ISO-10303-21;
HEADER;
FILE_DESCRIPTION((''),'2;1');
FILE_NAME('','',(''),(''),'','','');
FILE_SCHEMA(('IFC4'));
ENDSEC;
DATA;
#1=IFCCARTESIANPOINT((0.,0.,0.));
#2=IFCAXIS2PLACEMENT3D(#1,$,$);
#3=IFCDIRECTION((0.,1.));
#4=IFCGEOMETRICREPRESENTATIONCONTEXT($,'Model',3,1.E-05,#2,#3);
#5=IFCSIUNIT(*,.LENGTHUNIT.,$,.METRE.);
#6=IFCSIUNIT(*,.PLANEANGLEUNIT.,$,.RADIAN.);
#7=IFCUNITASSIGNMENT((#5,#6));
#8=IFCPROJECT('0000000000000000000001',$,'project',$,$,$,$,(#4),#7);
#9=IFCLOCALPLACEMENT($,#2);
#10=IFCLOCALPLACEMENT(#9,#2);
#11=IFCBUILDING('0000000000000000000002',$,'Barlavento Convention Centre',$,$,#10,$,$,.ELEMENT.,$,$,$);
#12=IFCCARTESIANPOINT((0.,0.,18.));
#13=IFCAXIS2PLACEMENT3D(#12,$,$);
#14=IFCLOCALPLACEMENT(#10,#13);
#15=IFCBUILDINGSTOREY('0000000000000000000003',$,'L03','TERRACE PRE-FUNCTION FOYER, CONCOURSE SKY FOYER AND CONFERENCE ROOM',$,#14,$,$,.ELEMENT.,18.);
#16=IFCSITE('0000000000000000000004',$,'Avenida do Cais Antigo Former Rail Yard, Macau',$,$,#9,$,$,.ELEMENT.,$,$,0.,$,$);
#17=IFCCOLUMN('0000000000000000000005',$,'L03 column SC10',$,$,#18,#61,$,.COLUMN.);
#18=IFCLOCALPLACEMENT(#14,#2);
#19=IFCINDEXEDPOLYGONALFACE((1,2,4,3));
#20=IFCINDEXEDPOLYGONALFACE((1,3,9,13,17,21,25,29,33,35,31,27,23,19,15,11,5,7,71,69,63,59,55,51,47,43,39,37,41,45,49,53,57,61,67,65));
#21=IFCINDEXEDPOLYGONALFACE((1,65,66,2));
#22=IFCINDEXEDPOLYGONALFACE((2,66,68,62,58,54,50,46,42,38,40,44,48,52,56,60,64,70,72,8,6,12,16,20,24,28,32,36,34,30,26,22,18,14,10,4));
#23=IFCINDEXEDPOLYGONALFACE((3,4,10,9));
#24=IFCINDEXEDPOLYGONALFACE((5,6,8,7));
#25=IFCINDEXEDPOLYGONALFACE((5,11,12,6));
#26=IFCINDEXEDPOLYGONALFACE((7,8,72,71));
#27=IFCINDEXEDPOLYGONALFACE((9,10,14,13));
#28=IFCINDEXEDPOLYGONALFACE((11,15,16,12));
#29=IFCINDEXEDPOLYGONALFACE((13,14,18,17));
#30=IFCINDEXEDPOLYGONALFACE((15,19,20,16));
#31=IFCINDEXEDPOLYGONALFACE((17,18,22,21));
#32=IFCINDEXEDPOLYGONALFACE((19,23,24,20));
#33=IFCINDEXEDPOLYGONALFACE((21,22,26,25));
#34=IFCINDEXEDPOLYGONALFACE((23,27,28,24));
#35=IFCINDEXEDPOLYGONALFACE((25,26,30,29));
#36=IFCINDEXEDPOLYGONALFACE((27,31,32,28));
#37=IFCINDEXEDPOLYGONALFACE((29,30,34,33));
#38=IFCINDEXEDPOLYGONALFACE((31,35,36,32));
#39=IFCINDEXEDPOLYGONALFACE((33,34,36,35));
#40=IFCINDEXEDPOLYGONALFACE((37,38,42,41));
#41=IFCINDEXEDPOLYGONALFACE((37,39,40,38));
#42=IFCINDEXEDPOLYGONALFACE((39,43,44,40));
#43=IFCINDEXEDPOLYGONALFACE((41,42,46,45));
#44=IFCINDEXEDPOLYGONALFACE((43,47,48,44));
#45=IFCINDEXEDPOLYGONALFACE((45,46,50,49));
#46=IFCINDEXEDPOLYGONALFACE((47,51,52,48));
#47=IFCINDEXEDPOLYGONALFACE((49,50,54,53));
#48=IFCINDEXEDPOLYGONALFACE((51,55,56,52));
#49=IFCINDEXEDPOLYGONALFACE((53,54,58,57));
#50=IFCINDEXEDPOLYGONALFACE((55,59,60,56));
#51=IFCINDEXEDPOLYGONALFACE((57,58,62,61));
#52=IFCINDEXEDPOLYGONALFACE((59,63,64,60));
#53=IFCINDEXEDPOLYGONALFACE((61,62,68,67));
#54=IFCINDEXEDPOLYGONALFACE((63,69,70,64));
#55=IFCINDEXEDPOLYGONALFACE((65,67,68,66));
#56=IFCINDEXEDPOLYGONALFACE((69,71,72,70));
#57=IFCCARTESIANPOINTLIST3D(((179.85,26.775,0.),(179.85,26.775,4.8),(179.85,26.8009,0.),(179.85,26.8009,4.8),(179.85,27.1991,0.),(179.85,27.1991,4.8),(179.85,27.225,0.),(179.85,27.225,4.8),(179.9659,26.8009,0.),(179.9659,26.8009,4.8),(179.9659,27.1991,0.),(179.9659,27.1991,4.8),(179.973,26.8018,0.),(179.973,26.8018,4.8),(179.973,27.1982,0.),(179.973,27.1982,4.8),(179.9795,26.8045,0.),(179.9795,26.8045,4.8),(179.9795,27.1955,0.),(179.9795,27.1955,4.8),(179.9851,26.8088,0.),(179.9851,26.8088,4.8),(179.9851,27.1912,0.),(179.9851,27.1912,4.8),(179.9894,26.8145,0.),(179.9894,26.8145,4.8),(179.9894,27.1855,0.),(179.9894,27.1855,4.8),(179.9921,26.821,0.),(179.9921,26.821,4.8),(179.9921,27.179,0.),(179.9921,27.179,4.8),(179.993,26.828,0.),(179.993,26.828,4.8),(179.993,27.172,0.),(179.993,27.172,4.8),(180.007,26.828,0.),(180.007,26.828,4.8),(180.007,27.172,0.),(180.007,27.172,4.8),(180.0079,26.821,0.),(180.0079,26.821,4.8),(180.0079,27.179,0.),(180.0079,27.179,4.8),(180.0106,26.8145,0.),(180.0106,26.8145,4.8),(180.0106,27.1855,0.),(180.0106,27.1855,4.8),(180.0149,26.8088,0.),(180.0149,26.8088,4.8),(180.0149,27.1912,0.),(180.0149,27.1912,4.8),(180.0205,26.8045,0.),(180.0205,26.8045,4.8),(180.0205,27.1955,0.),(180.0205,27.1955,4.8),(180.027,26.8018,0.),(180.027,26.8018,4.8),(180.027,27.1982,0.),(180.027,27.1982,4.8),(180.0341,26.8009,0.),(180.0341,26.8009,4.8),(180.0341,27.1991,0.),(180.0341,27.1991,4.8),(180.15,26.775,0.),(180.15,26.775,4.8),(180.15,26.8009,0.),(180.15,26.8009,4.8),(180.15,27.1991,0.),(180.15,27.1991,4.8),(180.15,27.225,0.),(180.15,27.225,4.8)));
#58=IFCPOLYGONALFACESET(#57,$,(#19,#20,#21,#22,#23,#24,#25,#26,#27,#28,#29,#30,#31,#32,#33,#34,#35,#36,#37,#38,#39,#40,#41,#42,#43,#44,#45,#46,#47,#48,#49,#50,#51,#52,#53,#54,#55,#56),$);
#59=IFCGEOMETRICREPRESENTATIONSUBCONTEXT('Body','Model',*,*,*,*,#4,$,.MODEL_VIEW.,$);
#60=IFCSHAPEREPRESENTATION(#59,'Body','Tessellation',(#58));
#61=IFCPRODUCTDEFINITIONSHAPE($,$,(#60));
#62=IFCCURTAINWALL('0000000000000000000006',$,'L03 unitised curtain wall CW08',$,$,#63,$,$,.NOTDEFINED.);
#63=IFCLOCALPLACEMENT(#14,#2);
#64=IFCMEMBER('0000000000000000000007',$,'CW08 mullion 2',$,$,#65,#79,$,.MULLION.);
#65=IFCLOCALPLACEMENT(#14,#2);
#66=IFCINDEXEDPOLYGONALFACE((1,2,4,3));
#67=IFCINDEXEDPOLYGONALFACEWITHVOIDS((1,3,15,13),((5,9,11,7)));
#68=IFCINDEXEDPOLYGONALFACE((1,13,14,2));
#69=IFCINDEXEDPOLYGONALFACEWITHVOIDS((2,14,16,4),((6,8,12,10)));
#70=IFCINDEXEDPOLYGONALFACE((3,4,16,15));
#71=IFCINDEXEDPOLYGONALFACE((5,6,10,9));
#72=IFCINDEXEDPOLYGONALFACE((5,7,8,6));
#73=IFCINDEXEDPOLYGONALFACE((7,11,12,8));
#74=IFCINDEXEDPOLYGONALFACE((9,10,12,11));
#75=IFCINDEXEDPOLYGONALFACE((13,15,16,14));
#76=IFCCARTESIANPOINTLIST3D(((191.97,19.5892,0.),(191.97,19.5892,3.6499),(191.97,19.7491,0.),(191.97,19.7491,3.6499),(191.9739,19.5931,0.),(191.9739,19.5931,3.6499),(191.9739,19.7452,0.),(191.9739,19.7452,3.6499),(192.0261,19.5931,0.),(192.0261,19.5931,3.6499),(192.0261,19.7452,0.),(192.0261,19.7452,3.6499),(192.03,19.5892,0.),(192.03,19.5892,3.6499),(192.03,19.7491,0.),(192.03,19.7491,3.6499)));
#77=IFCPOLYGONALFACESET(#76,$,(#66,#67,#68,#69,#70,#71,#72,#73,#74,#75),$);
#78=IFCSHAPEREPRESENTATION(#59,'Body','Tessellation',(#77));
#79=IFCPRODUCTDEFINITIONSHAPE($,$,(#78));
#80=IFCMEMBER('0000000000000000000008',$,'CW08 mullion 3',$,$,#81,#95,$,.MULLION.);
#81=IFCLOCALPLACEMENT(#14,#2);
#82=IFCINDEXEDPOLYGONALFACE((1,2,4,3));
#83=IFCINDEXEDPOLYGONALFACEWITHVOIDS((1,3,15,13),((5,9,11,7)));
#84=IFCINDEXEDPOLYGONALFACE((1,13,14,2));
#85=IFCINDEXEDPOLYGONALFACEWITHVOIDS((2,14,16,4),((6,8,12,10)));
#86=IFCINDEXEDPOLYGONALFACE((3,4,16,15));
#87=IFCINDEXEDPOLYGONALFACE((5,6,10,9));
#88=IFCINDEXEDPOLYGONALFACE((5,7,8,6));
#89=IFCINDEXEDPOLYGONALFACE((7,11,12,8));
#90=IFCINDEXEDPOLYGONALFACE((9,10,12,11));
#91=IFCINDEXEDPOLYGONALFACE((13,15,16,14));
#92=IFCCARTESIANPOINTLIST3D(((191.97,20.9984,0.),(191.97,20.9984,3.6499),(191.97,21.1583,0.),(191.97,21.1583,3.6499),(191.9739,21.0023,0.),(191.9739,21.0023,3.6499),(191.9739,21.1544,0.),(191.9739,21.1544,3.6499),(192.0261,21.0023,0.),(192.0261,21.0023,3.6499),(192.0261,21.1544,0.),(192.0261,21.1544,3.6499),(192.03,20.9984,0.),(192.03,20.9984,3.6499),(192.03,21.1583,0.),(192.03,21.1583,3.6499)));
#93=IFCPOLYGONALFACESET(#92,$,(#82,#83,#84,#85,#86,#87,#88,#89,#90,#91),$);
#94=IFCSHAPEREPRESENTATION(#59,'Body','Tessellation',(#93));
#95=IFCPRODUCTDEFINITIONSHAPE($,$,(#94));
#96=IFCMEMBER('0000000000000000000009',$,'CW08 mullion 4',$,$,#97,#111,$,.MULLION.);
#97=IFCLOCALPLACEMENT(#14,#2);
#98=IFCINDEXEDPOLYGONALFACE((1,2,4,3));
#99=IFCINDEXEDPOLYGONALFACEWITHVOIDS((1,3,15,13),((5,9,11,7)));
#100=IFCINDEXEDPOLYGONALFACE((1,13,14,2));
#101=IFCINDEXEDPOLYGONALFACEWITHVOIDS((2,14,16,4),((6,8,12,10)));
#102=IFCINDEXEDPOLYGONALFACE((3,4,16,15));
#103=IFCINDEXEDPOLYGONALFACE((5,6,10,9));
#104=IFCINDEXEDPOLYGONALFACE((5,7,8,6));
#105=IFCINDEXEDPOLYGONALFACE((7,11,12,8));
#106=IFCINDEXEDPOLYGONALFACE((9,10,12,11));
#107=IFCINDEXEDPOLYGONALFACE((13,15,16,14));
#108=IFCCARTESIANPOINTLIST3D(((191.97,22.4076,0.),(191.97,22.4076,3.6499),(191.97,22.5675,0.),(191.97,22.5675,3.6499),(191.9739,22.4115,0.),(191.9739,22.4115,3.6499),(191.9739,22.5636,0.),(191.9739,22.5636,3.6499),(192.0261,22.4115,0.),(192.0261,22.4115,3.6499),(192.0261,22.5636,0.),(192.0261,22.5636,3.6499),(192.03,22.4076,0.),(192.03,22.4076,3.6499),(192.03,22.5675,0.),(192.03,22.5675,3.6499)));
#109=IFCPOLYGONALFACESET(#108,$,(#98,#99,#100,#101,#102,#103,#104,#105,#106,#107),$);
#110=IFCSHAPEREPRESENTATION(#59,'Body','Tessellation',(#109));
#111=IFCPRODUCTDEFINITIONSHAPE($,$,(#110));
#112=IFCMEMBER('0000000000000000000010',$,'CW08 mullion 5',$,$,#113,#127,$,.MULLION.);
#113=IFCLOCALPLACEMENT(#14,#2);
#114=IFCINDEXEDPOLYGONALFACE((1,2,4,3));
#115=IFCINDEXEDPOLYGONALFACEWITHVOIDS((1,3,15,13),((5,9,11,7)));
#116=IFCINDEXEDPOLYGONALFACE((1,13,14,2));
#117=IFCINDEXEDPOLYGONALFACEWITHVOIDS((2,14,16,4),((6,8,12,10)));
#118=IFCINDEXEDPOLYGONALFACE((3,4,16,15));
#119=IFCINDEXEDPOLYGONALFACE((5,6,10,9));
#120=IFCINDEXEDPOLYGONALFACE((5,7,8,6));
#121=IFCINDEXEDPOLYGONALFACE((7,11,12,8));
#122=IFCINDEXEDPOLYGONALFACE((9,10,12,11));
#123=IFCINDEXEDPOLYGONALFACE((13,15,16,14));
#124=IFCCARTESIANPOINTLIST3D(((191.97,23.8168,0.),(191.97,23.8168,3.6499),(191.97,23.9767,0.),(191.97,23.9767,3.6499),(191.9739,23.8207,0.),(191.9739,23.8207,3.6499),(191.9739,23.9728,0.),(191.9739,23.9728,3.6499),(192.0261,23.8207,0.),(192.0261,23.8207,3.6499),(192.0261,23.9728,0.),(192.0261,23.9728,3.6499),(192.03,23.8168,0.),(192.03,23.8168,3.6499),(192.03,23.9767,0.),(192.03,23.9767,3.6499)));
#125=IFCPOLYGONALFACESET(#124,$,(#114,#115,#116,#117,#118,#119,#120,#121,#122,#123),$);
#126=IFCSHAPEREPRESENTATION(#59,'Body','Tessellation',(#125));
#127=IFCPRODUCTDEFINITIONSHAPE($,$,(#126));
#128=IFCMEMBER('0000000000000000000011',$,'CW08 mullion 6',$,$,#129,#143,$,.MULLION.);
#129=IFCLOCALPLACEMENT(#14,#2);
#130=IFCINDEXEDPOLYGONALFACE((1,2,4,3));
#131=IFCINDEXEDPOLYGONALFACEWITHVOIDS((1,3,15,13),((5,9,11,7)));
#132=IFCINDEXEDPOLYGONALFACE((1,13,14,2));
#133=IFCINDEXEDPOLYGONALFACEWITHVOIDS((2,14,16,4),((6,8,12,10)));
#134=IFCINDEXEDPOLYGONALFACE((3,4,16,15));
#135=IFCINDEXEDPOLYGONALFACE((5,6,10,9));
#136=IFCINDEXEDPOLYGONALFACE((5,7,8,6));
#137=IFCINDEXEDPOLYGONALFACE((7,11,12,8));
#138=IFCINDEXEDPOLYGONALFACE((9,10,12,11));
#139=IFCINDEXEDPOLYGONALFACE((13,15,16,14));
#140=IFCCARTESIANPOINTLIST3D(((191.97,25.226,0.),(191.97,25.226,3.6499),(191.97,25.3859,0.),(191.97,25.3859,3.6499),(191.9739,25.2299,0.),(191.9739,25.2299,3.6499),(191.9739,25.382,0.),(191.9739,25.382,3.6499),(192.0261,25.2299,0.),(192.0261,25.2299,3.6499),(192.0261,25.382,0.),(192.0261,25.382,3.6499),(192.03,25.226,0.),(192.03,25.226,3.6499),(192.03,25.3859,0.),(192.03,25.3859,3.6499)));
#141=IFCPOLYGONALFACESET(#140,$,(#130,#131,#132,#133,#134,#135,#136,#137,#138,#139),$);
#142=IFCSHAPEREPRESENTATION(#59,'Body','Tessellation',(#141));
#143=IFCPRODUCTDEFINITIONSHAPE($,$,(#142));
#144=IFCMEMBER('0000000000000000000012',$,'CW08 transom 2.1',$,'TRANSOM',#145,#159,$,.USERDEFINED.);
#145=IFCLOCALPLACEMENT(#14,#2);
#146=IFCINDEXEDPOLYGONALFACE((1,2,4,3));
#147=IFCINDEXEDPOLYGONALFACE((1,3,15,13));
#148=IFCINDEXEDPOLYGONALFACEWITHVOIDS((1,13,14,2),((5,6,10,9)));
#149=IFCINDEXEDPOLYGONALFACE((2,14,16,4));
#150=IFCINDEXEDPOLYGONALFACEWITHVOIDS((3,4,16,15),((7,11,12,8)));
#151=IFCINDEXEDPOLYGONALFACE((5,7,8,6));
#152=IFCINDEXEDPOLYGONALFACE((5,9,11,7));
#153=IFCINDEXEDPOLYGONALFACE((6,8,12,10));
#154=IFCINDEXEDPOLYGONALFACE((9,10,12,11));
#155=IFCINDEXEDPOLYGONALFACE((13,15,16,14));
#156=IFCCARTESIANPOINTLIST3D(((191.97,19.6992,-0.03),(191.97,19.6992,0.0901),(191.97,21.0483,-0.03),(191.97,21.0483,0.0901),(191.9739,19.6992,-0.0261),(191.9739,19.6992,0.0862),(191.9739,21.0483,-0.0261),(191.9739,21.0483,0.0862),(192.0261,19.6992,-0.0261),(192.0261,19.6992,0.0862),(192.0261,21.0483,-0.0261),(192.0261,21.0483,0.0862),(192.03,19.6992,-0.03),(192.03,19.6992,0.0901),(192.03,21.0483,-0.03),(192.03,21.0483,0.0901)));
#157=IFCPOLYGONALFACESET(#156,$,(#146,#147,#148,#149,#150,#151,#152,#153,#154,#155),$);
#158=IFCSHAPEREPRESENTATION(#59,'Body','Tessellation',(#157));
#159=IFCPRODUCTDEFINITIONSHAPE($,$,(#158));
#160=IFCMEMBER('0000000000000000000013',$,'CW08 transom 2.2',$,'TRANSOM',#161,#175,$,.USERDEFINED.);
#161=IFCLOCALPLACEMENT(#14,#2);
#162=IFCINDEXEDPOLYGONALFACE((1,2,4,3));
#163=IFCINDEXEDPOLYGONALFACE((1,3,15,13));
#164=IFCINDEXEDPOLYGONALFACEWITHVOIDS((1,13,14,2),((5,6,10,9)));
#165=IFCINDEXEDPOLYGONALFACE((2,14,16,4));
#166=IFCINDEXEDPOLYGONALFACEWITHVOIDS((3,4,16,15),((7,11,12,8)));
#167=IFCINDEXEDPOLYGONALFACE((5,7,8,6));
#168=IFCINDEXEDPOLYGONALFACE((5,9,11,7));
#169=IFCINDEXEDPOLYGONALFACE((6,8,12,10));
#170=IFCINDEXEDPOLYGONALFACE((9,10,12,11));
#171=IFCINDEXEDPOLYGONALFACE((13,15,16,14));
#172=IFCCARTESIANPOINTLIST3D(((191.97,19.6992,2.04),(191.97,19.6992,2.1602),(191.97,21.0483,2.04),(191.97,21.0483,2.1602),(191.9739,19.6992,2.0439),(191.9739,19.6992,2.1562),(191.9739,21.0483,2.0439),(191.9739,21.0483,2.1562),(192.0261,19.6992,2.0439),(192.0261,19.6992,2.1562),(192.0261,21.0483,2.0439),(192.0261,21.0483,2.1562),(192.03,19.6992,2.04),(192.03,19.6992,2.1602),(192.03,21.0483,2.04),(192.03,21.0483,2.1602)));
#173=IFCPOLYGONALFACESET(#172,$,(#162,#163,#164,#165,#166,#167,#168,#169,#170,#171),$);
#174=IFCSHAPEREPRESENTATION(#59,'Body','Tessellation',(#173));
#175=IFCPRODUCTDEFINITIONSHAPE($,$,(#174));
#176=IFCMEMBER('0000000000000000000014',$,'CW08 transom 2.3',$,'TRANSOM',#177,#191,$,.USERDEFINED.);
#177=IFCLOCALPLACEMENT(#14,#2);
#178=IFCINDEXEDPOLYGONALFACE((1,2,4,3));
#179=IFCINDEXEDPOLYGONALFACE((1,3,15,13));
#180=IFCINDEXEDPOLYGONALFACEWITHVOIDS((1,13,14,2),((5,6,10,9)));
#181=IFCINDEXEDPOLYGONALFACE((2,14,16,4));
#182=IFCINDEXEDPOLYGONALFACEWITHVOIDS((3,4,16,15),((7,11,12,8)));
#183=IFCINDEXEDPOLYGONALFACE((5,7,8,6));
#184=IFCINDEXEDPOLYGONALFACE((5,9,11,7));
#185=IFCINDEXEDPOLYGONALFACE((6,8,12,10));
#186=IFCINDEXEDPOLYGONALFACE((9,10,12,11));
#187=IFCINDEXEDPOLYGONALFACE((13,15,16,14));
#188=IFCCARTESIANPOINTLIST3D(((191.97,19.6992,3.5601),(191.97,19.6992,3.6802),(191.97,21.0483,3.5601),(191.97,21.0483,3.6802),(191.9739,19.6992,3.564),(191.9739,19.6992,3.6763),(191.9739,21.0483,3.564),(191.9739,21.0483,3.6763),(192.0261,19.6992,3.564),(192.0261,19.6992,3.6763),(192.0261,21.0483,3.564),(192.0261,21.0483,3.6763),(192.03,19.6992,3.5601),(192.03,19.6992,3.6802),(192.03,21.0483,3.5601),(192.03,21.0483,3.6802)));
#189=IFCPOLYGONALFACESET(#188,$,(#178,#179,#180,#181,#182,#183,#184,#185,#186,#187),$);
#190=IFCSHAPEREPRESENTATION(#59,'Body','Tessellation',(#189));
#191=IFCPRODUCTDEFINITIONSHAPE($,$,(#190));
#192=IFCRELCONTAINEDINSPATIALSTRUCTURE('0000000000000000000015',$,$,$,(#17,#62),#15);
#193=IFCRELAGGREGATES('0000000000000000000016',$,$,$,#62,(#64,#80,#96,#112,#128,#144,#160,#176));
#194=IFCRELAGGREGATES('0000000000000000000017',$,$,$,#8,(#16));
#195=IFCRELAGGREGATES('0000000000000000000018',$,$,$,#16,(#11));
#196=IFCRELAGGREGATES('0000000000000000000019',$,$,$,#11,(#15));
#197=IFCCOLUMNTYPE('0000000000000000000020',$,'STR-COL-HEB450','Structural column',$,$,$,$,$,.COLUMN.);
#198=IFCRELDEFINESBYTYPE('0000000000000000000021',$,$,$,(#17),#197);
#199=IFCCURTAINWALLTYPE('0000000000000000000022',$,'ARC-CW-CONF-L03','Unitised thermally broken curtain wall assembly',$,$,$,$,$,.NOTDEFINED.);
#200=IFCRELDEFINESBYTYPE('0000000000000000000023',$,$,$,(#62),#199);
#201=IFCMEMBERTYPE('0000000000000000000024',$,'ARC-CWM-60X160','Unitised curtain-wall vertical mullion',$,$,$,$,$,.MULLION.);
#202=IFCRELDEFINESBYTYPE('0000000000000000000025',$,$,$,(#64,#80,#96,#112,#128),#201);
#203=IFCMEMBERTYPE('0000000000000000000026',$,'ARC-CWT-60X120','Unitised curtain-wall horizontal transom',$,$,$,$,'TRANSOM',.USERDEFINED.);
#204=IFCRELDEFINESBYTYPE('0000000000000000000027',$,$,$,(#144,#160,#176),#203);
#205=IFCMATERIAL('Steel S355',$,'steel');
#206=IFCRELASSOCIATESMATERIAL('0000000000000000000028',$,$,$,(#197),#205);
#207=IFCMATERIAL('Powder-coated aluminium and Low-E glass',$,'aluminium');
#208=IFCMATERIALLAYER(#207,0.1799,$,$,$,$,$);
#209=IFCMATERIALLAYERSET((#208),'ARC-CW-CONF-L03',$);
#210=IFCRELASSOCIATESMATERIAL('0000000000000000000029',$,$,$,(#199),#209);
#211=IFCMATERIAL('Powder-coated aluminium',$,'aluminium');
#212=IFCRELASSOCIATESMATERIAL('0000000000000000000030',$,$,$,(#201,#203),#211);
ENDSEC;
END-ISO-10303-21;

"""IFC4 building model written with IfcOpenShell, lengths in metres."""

from ifc_helpers import new_model, si_unit, direction, frame, origin, origin_2d, place, context, subcontext, project, spatial, hollow_rectangle, i_section, extrude, material, layer, layer_set, material_profile, profile_set, type_object, element, aggregate, save


model = new_model("IFC4")

# Units and contexts
model_context = context("Model", 3, precision=1e-05, world=origin(), true_north=direction((0.0, 1.0)))
body_context = subcontext(model_context, "Body", "Model", "MODEL_VIEW")
ifc_project = project(units=[si_unit("LENGTHUNIT", "METRE"), si_unit("PLANEANGLEUNIT", "RADIAN")], contexts=[model_context])

# Site, building, storey
site_placement = place(None, origin())
site = spatial("IfcSite", under=ifc_project, at=site_placement, Name="Avenida do Cais Antigo Former Rail Yard, Macau", CompositionType="ELEMENT", RefElevation=0.0)
building_placement = place(site_placement, origin())
building = spatial("IfcBuilding", under=site, at=building_placement, Name="Barlavento Convention Centre", CompositionType="ELEMENT")
storey_placement = place(building_placement, frame((0.0, 0.0, 18.0)))
storey = spatial("IfcBuildingStorey", under=building, at=storey_placement, Name="L03", Description="TERRACE PRE-FUNCTION FOYER, CONCOURSE SKY FOYER AND CONFERENCE ROOM", CompositionType="ELEMENT", Elevation=18.0)

# Column
ifc_material_1 = material(Name="Steel S355", Category="steel")
ifc_material_profile_1 = material_profile(ifc_material_1, i_section(OverallWidth=0.3, OverallDepth=0.45, WebThickness=0.0139, FlangeThickness=0.0259, FilletRadius=0.0271, at=origin_2d()), Name="HEB 450")
ifc_profile_set_1 = profile_set([ifc_material_profile_1], Name="Steel S355")
column_type = type_object("IfcColumnType", Name="STR-COL-HEB450", Description="Structural column", PredefinedType="COLUMN", material=ifc_profile_set_1)
column_placement = place(storey_placement, frame((180.0, 27.0, 0.0), z_axis=(0.0, 0.0, 1.0), x_axis=(1.0, 0.0, 0.0)))
element("IfcColumn", 1, at=column_placement, inside=storey, type_object=column_type, Name="L03 column SC10", PredefinedType="COLUMN", context=body_context, shape_type="SweptSolid", body=[
    extrude(i_section(OverallWidth=0.3, OverallDepth=0.45, WebThickness=0.0139, FlangeThickness=0.0259, FilletRadius=0.0271, at=origin_2d()), origin(), (0.0, 0.0, 1.0), 4.8),
])

# Curtain wall, members
ifc_material_2 = material(Name="Powder-coated aluminium and Low-E glass", Category="aluminium")
ifc_layer_1 = layer(ifc_material_2, 0.1799)
ifc_layer_set_1 = layer_set([ifc_layer_1], Name="ARC-CW-CONF-L03")
curtain_wall_type = type_object("IfcCurtainWallType", Name="ARC-CW-CONF-L03", Description="Unitised thermally broken curtain wall assembly", PredefinedType="NOTDEFINED", material=ifc_layer_set_1)
curtain_wall_placement = place(storey_placement, origin())
curtain_wall = element("IfcCurtainWall", 2, at=curtain_wall_placement, inside=storey, type_object=curtain_wall_type, Name="L03 unitised curtain wall CW08", PredefinedType="NOTDEFINED")
ifc_material_3 = material(Name="Powder-coated aluminium", Category="aluminium")
ifc_material_profile_2 = material_profile(ifc_material_3, hollow_rectangle(XDim=0.0601, YDim=0.1599, WallThickness=0.0039, at=origin_2d()), Name="AL-MULL 60x160x4")
ifc_profile_set_2 = profile_set([ifc_material_profile_2], Name="Powder-coated aluminium")
member_type_1 = type_object("IfcMemberType", Name="ARC-CWM-60X160", Description="Unitised curtain-wall vertical mullion", PredefinedType="MULLION", material=ifc_profile_set_2)
member_1_placement = place(storey_placement, frame((192.0, 19.6692, 0.0), z_axis=(0.0, 0.0, 1.0), x_axis=(-1.0, 0.0, 0.0)))
member_1 = element("IfcMember", 3, at=member_1_placement, type_object=member_type_1, Name="CW08 mullion 2", PredefinedType="MULLION", context=body_context, shape_type="SweptSolid", body=[
    extrude(hollow_rectangle(XDim=0.0601, YDim=0.1599, WallThickness=0.0039, at=origin_2d()), origin(), (0.0, 0.0, 1.0), 3.6499),
])
member_2_placement = place(storey_placement, frame((192.0, 21.0784, 0.0), z_axis=(0.0, 0.0, 1.0), x_axis=(-1.0, 0.0, 0.0)))
member_2 = element("IfcMember", 4, at=member_2_placement, type_object=member_type_1, Name="CW08 mullion 3", PredefinedType="MULLION", context=body_context, shape_type="SweptSolid", body=[
    extrude(hollow_rectangle(XDim=0.0601, YDim=0.1599, WallThickness=0.0039, at=origin_2d()), origin(), (0.0, 0.0, 1.0), 3.6499),
])
member_3_placement = place(storey_placement, frame((192.0, 22.4875, 0.0), z_axis=(0.0, 0.0, 1.0), x_axis=(-1.0, 0.0, 0.0)))
member_3 = element("IfcMember", 5, at=member_3_placement, type_object=member_type_1, Name="CW08 mullion 4", PredefinedType="MULLION", context=body_context, shape_type="SweptSolid", body=[
    extrude(hollow_rectangle(XDim=0.0601, YDim=0.1599, WallThickness=0.0039, at=origin_2d()), origin(), (0.0, 0.0, 1.0), 3.6499),
])
member_4_placement = place(storey_placement, frame((192.0, 23.8967, 0.0), z_axis=(0.0, 0.0, 1.0), x_axis=(-1.0, 0.0, 0.0)))
member_4 = element("IfcMember", 6, at=member_4_placement, type_object=member_type_1, Name="CW08 mullion 5", PredefinedType="MULLION", context=body_context, shape_type="SweptSolid", body=[
    extrude(hollow_rectangle(XDim=0.0601, YDim=0.1599, WallThickness=0.0039, at=origin_2d()), origin(), (0.0, 0.0, 1.0), 3.6499),
])
member_5_placement = place(storey_placement, frame((192.0, 25.3059, 0.0), z_axis=(0.0, 0.0, 1.0), x_axis=(-1.0, 0.0, 0.0)))
member_5 = element("IfcMember", 7, at=member_5_placement, type_object=member_type_1, Name="CW08 mullion 6", PredefinedType="MULLION", context=body_context, shape_type="SweptSolid", body=[
    extrude(hollow_rectangle(XDim=0.0601, YDim=0.1599, WallThickness=0.0039, at=origin_2d()), origin(), (0.0, 0.0, 1.0), 3.6499),
])
ifc_material_profile_3 = material_profile(ifc_material_3, hollow_rectangle(XDim=0.0601, YDim=0.1201, WallThickness=0.0039, at=origin_2d()), Name="AL-TRAN 60x120x4")
ifc_profile_set_3 = profile_set([ifc_material_profile_3], Name="Powder-coated aluminium")
member_type_2 = type_object("IfcMemberType", Name="ARC-CWT-60X120", Description="Unitised curtain-wall horizontal transom", ElementType="TRANSOM", PredefinedType="USERDEFINED", material=ifc_profile_set_3)
member_6_placement = place(storey_placement, frame((192.0, 19.6992, 0.03), z_axis=(0.0, 1.0, 0.0), x_axis=(-1.0, 0.0, 0.0)))
member_6 = element("IfcMember", 8, at=member_6_placement, type_object=member_type_2, Name="CW08 transom 2.1", ObjectType="TRANSOM", PredefinedType="USERDEFINED", context=body_context, shape_type="SweptSolid", body=[
    extrude(hollow_rectangle(XDim=0.0601, YDim=0.1201, WallThickness=0.0039, at=origin_2d()), origin(), (0.0, 0.0, 1.0), 1.3491),
])
member_7_placement = place(storey_placement, frame((192.0, 19.6992, 2.1001), z_axis=(0.0, 1.0, 0.0), x_axis=(-1.0, 0.0, 0.0)))
member_7 = element("IfcMember", 9, at=member_7_placement, type_object=member_type_2, Name="CW08 transom 2.2", ObjectType="TRANSOM", PredefinedType="USERDEFINED", context=body_context, shape_type="SweptSolid", body=[
    extrude(hollow_rectangle(XDim=0.0601, YDim=0.1201, WallThickness=0.0039, at=origin_2d()), origin(), (0.0, 0.0, 1.0), 1.3491),
])
member_8_placement = place(storey_placement, frame((192.0, 19.6992, 3.6201), z_axis=(0.0, 1.0, 0.0), x_axis=(-1.0, 0.0, 0.0)))
member_8 = element("IfcMember", 10, at=member_8_placement, type_object=member_type_2, Name="CW08 transom 2.3", ObjectType="TRANSOM", PredefinedType="USERDEFINED", context=body_context, shape_type="SweptSolid", body=[
    extrude(hollow_rectangle(XDim=0.0601, YDim=0.1201, WallThickness=0.0039, at=origin_2d()), origin(), (0.0, 0.0, 1.0), 1.3491),
])

aggregate(curtain_wall, [member_1, member_2, member_3, member_4, member_5, member_6, member_7, member_8])

save(model, "model.ifc")
